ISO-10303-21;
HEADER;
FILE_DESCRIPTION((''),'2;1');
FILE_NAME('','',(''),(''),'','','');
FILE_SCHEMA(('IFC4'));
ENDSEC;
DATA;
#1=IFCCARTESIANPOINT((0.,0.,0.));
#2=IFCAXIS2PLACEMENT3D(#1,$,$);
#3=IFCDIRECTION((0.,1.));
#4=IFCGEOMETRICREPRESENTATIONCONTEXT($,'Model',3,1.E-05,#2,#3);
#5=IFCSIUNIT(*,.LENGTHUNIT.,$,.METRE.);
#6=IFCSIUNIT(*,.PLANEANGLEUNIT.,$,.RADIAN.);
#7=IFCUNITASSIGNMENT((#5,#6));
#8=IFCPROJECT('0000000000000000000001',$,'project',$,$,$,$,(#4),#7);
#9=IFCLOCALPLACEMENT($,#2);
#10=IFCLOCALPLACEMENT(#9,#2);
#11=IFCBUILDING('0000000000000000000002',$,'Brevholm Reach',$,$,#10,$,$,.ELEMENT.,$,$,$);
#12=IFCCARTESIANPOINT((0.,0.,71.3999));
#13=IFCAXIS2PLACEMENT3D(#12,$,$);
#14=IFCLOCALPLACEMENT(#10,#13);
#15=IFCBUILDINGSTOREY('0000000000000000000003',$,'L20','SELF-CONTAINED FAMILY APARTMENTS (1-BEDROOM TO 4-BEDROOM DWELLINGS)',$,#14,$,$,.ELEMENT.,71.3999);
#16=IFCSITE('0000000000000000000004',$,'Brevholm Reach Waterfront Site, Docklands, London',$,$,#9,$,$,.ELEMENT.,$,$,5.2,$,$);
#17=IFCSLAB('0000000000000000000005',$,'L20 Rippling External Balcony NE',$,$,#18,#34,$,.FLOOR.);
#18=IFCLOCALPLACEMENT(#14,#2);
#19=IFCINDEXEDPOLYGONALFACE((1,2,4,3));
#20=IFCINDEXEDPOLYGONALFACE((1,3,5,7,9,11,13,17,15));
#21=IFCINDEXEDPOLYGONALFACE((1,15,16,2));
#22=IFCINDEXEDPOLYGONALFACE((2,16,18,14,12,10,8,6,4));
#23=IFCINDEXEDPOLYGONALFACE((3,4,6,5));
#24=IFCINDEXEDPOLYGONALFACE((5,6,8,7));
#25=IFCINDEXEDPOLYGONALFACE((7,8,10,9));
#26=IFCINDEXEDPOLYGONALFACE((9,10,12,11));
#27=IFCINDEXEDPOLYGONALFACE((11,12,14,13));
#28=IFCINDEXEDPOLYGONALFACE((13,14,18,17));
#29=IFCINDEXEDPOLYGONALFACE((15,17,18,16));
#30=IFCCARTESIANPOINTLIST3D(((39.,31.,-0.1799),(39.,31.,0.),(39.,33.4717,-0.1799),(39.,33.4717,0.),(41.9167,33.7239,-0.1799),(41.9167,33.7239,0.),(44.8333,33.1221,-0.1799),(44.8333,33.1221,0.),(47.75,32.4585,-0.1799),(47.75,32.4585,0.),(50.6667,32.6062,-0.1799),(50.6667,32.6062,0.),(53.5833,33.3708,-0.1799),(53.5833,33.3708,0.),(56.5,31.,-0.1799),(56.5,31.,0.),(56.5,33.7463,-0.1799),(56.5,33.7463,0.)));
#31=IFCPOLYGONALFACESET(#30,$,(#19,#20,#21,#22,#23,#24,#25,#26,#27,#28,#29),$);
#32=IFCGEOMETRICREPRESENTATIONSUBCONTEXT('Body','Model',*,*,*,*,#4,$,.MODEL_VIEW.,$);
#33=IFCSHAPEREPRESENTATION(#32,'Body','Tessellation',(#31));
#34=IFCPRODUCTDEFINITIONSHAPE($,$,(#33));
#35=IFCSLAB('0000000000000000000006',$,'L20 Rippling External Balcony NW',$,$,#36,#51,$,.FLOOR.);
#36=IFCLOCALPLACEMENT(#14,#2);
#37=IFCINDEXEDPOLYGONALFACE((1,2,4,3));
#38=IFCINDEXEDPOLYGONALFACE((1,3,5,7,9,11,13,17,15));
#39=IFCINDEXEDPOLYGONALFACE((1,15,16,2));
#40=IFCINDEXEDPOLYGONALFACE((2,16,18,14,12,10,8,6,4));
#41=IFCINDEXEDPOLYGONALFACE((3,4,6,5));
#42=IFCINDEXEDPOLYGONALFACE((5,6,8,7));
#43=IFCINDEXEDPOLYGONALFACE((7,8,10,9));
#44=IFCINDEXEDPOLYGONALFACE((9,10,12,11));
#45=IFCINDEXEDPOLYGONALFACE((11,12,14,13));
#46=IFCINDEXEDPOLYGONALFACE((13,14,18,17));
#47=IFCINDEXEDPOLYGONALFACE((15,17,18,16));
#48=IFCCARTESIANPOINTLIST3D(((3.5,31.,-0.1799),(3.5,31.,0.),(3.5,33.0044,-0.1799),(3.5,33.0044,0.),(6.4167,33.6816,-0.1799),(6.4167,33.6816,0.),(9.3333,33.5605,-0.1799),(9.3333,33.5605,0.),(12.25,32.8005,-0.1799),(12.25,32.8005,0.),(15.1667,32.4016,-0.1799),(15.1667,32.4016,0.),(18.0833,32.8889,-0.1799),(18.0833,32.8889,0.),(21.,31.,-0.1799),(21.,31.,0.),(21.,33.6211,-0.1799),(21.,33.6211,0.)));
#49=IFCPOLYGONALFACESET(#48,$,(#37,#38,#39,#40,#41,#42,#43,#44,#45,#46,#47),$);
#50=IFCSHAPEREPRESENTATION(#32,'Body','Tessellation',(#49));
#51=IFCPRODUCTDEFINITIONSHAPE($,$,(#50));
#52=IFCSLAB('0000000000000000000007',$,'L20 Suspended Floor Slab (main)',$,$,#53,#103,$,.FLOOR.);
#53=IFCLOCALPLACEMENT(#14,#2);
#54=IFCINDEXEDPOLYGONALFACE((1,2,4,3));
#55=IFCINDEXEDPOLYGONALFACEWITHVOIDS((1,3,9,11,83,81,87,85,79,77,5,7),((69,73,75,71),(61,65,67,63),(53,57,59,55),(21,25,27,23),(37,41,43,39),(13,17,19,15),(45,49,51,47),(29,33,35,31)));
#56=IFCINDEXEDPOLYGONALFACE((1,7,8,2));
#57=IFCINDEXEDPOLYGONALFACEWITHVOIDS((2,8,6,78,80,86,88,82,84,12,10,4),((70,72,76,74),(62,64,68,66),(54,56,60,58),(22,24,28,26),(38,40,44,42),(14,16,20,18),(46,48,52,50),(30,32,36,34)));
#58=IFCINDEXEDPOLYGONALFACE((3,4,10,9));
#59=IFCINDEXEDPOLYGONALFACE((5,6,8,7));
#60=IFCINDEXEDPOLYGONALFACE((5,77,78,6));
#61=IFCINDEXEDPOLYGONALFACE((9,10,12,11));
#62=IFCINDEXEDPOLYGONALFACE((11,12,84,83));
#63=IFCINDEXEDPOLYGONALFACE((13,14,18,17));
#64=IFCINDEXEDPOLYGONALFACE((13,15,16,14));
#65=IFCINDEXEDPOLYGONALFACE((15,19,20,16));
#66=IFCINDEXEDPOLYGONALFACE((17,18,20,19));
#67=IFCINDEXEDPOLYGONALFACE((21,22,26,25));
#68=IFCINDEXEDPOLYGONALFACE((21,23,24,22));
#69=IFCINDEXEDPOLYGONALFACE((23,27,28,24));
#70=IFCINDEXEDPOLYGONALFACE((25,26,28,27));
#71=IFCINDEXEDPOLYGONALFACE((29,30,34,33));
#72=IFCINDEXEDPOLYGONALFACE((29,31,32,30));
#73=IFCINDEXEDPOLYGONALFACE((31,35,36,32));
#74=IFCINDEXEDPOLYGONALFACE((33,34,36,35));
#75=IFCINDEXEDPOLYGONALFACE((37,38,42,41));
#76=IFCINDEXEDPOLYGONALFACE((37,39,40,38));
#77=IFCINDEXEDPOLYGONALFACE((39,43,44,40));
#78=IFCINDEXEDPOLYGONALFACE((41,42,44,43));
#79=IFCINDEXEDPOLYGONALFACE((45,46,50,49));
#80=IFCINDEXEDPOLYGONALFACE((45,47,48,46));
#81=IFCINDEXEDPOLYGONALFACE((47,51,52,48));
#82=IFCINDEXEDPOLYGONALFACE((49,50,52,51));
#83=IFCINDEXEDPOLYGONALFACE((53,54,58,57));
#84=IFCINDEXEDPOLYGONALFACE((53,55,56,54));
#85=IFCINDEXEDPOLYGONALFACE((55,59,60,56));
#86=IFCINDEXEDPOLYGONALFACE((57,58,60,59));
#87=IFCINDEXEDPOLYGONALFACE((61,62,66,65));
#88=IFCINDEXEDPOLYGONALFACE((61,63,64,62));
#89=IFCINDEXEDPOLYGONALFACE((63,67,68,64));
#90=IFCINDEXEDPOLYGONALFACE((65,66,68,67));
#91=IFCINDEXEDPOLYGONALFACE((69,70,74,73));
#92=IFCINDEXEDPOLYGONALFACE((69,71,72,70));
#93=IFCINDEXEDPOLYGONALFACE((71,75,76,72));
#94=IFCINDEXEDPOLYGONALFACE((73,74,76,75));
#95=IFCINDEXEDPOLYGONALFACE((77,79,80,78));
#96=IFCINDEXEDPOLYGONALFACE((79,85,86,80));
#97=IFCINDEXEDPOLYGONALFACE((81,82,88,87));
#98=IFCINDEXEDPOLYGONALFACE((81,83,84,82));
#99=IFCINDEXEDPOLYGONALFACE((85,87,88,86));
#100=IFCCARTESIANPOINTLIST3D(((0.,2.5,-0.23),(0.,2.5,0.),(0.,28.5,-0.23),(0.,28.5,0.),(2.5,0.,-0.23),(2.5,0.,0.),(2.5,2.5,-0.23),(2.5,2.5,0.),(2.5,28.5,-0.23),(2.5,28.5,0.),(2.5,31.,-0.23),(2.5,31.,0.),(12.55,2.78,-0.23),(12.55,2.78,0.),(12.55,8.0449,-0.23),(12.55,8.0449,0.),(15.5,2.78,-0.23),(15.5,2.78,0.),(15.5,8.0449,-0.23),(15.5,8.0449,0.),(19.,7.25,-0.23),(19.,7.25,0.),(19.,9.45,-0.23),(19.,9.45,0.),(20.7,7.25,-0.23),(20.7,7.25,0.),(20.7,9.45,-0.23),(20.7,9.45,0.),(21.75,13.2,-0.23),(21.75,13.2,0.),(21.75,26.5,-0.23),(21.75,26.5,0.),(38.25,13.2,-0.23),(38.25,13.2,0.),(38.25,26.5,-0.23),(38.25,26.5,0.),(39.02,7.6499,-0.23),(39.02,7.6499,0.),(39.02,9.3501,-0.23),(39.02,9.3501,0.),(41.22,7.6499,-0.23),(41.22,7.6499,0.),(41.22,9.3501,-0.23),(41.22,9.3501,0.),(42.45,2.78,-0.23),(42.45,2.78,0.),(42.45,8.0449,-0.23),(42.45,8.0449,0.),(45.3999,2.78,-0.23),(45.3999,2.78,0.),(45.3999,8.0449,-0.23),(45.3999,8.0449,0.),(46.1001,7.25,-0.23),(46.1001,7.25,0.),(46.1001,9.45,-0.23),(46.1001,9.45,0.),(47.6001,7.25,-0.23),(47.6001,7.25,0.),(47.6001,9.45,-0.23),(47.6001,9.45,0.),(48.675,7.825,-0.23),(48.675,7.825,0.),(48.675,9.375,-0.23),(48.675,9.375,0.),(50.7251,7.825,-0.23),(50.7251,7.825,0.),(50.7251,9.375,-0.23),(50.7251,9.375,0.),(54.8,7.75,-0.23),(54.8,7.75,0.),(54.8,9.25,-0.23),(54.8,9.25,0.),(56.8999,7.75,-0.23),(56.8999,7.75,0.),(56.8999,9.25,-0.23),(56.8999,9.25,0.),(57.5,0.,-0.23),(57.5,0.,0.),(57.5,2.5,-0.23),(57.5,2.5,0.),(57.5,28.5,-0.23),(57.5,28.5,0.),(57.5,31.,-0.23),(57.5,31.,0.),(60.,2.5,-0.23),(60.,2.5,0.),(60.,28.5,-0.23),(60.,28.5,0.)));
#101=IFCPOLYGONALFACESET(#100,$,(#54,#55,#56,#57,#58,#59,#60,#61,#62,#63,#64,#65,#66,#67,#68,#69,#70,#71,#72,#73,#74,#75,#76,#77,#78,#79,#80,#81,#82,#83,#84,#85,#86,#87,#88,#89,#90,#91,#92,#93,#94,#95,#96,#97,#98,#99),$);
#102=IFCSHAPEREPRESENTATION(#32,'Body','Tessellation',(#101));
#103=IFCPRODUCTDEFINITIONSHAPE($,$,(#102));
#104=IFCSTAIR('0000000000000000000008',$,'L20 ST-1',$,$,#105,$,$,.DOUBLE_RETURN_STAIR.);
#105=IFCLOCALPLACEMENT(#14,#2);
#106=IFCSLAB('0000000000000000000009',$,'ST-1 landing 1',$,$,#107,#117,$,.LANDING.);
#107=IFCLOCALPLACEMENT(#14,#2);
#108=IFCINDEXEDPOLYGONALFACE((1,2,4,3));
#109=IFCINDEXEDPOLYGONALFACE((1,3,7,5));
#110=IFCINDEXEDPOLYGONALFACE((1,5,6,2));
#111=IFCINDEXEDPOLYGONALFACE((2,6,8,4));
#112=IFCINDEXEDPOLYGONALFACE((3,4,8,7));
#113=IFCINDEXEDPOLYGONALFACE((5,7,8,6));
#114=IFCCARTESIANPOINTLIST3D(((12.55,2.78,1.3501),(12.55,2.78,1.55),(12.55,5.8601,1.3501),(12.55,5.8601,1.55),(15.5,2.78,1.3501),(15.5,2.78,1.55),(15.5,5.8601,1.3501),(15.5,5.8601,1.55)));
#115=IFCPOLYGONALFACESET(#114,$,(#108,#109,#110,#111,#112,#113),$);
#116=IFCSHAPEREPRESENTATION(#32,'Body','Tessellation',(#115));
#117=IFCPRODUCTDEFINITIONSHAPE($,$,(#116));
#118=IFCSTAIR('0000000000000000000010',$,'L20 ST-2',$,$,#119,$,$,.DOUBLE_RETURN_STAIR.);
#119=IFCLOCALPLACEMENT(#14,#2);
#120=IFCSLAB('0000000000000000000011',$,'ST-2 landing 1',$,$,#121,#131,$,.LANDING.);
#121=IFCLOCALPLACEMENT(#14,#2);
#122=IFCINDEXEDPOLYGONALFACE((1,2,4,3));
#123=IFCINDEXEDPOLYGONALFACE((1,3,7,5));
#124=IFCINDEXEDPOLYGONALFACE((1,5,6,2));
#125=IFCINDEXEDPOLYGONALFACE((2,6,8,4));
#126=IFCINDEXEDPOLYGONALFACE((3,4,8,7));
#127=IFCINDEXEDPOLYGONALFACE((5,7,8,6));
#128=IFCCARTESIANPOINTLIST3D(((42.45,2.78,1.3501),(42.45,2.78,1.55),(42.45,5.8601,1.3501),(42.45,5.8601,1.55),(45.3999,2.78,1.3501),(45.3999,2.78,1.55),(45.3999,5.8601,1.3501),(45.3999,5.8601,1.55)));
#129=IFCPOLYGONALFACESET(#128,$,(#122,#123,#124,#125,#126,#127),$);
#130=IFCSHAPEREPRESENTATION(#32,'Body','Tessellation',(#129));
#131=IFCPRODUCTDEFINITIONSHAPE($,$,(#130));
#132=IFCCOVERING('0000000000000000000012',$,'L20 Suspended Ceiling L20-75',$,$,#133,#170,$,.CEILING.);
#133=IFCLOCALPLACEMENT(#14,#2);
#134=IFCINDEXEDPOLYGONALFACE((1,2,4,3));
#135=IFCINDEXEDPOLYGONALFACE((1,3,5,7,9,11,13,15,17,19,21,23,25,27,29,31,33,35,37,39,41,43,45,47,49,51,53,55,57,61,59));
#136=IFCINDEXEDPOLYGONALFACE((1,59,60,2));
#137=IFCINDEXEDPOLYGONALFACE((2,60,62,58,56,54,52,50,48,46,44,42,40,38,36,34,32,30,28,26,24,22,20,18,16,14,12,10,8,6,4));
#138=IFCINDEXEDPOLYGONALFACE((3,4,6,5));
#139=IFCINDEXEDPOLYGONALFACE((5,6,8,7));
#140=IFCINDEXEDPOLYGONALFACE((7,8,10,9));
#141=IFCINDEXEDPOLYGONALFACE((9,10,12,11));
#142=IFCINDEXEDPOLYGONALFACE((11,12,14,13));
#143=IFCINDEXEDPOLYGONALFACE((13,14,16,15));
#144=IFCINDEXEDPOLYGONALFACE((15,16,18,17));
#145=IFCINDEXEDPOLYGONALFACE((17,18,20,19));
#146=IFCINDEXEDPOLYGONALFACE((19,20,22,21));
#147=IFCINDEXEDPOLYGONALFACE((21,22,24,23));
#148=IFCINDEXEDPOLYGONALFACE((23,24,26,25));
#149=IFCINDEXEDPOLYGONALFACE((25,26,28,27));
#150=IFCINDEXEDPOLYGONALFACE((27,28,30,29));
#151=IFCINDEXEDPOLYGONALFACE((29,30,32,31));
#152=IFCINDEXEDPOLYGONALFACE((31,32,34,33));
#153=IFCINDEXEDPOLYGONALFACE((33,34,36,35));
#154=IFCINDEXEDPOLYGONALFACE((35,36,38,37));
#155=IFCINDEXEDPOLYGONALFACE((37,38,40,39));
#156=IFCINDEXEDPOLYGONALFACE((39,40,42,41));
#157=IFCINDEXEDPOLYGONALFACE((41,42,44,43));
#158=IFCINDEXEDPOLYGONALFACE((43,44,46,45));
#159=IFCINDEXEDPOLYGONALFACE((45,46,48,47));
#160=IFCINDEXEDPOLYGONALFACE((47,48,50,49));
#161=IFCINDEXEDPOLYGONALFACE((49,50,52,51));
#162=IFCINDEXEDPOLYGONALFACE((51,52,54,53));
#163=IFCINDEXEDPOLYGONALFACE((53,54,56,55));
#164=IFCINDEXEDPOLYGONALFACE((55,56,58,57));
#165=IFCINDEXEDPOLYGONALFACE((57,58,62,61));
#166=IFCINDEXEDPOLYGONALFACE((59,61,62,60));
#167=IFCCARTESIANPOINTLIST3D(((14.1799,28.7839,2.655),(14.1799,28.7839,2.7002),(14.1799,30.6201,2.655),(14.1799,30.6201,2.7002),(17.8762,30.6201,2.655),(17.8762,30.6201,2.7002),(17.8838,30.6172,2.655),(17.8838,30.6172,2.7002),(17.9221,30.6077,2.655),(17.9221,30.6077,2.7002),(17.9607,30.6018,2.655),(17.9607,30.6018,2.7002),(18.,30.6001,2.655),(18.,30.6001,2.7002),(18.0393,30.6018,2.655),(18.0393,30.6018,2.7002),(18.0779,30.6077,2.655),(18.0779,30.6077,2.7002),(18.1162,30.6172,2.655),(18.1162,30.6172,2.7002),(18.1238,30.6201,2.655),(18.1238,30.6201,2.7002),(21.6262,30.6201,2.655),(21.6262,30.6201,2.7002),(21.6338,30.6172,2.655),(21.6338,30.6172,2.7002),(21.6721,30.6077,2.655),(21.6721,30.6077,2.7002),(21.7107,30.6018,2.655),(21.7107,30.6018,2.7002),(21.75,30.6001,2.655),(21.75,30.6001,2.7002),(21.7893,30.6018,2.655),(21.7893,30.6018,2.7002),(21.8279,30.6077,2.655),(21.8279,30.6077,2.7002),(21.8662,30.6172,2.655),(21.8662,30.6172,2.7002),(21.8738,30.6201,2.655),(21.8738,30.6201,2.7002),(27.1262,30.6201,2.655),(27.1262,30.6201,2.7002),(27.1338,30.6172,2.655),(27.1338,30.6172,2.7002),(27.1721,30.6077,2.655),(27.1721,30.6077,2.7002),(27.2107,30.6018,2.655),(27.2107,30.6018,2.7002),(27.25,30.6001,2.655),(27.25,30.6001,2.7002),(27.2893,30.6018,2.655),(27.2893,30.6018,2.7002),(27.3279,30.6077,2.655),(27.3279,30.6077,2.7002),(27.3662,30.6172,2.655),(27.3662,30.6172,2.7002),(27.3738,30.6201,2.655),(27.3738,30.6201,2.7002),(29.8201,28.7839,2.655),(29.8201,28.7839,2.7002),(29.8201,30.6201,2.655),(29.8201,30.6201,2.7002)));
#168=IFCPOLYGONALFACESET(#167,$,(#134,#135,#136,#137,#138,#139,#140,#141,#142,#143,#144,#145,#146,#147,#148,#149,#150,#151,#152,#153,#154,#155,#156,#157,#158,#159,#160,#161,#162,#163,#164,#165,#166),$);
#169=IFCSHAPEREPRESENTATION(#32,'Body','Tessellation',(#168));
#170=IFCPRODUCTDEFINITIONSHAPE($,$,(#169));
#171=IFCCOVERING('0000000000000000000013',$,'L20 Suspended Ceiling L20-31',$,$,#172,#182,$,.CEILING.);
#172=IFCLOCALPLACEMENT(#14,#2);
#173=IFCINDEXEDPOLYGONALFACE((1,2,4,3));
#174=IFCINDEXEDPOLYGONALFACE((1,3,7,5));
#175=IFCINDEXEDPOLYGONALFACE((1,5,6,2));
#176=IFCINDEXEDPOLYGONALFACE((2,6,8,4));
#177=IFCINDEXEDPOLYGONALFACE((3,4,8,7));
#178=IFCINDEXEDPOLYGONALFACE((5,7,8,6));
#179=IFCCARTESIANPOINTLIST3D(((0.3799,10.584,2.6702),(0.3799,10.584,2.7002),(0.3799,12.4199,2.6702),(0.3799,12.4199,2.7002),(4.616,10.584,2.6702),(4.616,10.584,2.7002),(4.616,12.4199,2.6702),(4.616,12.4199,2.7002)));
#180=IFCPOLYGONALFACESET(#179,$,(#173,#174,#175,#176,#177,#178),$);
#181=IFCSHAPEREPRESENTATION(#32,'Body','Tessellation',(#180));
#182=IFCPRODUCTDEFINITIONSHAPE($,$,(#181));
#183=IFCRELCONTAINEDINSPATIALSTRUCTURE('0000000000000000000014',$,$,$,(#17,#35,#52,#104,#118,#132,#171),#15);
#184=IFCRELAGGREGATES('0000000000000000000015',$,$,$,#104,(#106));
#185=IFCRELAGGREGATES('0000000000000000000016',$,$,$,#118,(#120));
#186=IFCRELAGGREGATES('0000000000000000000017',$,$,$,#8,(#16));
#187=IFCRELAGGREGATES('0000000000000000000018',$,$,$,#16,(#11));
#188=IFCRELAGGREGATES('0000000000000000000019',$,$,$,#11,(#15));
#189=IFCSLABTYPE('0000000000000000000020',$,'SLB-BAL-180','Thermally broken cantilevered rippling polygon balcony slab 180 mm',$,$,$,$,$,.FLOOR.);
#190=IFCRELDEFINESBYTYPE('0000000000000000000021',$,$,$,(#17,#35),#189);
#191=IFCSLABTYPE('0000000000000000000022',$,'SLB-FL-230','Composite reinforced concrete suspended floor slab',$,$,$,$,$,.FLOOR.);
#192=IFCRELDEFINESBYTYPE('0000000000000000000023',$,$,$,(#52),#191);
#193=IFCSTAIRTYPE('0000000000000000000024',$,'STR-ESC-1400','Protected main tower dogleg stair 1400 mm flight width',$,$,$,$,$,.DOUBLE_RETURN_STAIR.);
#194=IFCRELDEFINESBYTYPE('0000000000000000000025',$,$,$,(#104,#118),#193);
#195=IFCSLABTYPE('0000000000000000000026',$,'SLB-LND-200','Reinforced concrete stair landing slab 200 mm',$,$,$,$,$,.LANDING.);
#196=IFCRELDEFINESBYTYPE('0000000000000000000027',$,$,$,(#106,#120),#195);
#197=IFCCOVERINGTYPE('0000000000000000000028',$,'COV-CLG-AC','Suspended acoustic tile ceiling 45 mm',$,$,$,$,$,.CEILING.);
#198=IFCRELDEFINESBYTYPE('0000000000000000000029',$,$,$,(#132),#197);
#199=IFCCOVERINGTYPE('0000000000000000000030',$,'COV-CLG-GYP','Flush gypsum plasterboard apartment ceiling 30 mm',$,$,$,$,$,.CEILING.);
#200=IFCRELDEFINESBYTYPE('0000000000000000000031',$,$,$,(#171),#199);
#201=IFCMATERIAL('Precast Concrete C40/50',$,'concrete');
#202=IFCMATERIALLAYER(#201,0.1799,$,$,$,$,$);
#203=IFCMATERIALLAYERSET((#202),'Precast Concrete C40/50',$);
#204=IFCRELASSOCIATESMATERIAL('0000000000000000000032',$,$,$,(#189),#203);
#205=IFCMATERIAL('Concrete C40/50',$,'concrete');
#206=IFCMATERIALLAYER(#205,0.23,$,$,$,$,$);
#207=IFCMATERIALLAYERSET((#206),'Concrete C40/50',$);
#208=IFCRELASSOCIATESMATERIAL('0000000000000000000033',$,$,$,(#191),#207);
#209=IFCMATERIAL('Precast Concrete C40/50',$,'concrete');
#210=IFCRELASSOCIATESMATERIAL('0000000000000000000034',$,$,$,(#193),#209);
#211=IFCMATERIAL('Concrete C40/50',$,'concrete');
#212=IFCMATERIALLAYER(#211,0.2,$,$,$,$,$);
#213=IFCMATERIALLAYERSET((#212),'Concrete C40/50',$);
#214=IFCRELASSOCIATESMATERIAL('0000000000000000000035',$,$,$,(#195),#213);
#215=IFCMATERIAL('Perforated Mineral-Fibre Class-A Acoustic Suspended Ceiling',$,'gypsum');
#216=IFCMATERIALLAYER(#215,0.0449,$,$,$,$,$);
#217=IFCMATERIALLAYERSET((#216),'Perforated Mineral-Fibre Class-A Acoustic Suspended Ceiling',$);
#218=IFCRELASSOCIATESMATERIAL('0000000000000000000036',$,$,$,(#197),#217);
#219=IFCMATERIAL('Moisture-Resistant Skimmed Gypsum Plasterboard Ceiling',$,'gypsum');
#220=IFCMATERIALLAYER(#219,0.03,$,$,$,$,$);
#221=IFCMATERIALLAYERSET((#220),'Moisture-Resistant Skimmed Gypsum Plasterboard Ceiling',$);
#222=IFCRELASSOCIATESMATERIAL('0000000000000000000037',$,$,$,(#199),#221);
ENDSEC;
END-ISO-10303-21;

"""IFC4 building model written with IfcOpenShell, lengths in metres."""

from ifc_helpers import new_model, si_unit, direction, frame, origin, place, context, subcontext, project, spatial, polyline, outline, extrude, material, layer, layer_set, type_object, element, aggregate, save


model = new_model("IFC4")

# Units and contexts
model_context = context("Model", 3, precision=1e-05, world=origin(), true_north=direction((0.0, 1.0)))
body_context = subcontext(model_context, "Body", "Model", "MODEL_VIEW")
ifc_project = project(units=[si_unit("LENGTHUNIT", "METRE"), si_unit("PLANEANGLEUNIT", "RADIAN")], contexts=[model_context])

# Site, building, storey
site_placement = place(None, origin())
site = spatial("IfcSite", under=ifc_project, at=site_placement, Name="Brevholm Reach Waterfront Site, Docklands, London", CompositionType="ELEMENT", RefElevation=5.2)
building_placement = place(site_placement, origin())
building = spatial("IfcBuilding", under=site, at=building_placement, Name="Brevholm Reach", CompositionType="ELEMENT")
storey_placement = place(building_placement, frame((0.0, 0.0, 71.3999)))
storey = spatial("IfcBuildingStorey", under=building, at=storey_placement, Name="L20", Description="SELF-CONTAINED FAMILY APARTMENTS (1-BEDROOM TO 4-BEDROOM DWELLINGS)", CompositionType="ELEMENT", Elevation=71.3999)

# Slabs
ifc_material_1 = material(Name="Precast Concrete C40/50", Category="concrete")
ifc_layer_1 = layer(ifc_material_1, 0.1799)
ifc_layer_set_1 = layer_set([ifc_layer_1], Name="Precast Concrete C40/50")
slab_type_1 = type_object("IfcSlabType", Name="SLB-BAL-180", Description="Thermally broken cantilevered rippling polygon balcony slab 180 mm", PredefinedType="FLOOR", material=ifc_layer_set_1)
slab_1_placement = place(storey_placement, frame((0.0, 0.0, -0.1799)))
element("IfcSlab", 1, at=slab_1_placement, inside=storey, type_object=slab_type_1, Name="L20 Rippling External Balcony NE", PredefinedType="FLOOR", context=body_context, shape_type="SweptSolid", body=[
    extrude(outline(polyline([(39.0, 31.0), (56.5, 31.0), (56.5, 33.7463), (53.5833, 33.3708), (50.6667, 32.6062), (47.75, 32.4585), (44.8333, 33.1221), (41.9167, 33.7239), (39.0, 33.4717), (39.0, 31.0)])), origin(), (0.0, 0.0, 1.0), 0.1799),
])
slab_2_placement = place(storey_placement, frame((0.0, 0.0, -0.1799)))
element("IfcSlab", 2, at=slab_2_placement, inside=storey, type_object=slab_type_1, Name="L20 Rippling External Balcony NW", PredefinedType="FLOOR", context=body_context, shape_type="SweptSolid", body=[
    extrude(outline(polyline([(3.5, 31.0), (21.0, 31.0), (21.0, 33.6211), (18.0833, 32.8889), (15.1667, 32.4016), (12.25, 32.8005), (9.3333, 33.5605), (6.4167, 33.6816), (3.5, 33.0044), (3.5, 31.0)])), origin(), (0.0, 0.0, 1.0), 0.1799),
])
ifc_material_2 = material(Name="Concrete C40/50", Category="concrete")
ifc_layer_2 = layer(ifc_material_2, 0.23)
ifc_layer_set_2 = layer_set([ifc_layer_2], Name="Concrete C40/50")
slab_type_2 = type_object("IfcSlabType", Name="SLB-FL-230", Description="Composite reinforced concrete suspended floor slab", PredefinedType="FLOOR", material=ifc_layer_set_2)
slab_3_placement = place(storey_placement, frame((0.0, 0.0, -0.23)))
element("IfcSlab", 3, at=slab_3_placement, inside=storey, type_object=slab_type_2, Name="L20 Suspended Floor Slab (main)", PredefinedType="FLOOR", context=body_context, shape_type="SweptSolid", body=[
    extrude(outline(polyline([(2.5, 0.0), (57.5, 0.0), (57.5, 2.5), (60.0, 2.5), (60.0, 28.5), (57.5, 28.5), (57.5, 31.0), (2.5, 31.0), (2.5, 28.5), (0.0, 28.5), (0.0, 2.5), (2.5, 2.5), (2.5, 0.0)]), holes=[polyline([(21.75, 13.2), (38.25, 13.2), (38.25, 26.5), (21.75, 26.5), (21.75, 13.2)]), polyline([(12.55, 2.78), (15.5, 2.78), (15.5, 8.0449), (12.55, 8.0449), (12.55, 2.78)]), polyline([(42.45, 2.78), (45.3999, 2.78), (45.3999, 8.0449), (42.45, 8.0449), (42.45, 2.78)]), polyline([(19.0, 7.25), (20.7, 7.25), (20.7, 9.45), (19.0, 9.45), (19.0, 7.25)]), polyline([(46.1001, 7.25), (47.6001, 7.25), (47.6001, 9.45), (46.1001, 9.45), (46.1001, 7.25)]), polyline([(48.675, 7.825), (50.7251, 7.825), (50.7251, 9.375), (48.675, 9.375), (48.675, 7.825)]), polyline([(54.8, 7.75), (56.8999, 7.75), (56.8999, 9.25), (54.8, 9.25), (54.8, 7.75)]), polyline([(39.02, 7.6499), (41.22, 7.6499), (41.22, 9.3501), (39.02, 9.3501), (39.02, 7.6499)])]), origin(), (0.0, 0.0, 1.0), 0.23),
])

# Stairs, slabs
ifc_material_3 = material(Name="Precast Concrete C40/50", Category="concrete")
stair_type = type_object("IfcStairType", Name="STR-ESC-1400", Description="Protected main tower dogleg stair 1400 mm flight width", PredefinedType="DOUBLE_RETURN_STAIR", material=ifc_material_3)
stair_1_placement = place(storey_placement, origin())
stair_1 = element("IfcStair", 4, at=stair_1_placement, inside=storey, type_object=stair_type, Name="L20 ST-1", PredefinedType="DOUBLE_RETURN_STAIR")
ifc_material_4 = material(Name="Concrete C40/50", Category="concrete")
ifc_layer_3 = layer(ifc_material_4, 0.2)
ifc_layer_set_3 = layer_set([ifc_layer_3], Name="Concrete C40/50")
slab_type_3 = type_object("IfcSlabType", Name="SLB-LND-200", Description="Reinforced concrete stair landing slab 200 mm", PredefinedType="LANDING", material=ifc_layer_set_3)
slab_4_placement = place(storey_placement, frame((0.0, 0.0, 1.3501)))
slab_4 = element("IfcSlab", 5, at=slab_4_placement, type_object=slab_type_3, Name="ST-1 landing 1", PredefinedType="LANDING", context=body_context, shape_type="SweptSolid", body=[
    extrude(outline(polyline([(12.55, 5.8601), (12.55, 2.78), (15.5, 2.78), (15.5, 5.8601), (12.55, 5.8601)])), origin(), (0.0, 0.0, 1.0), 0.2),
])
aggregate(stair_1, [slab_4])
stair_2_placement = place(storey_placement, origin())
stair_2 = element("IfcStair", 6, at=stair_2_placement, inside=storey, type_object=stair_type, Name="L20 ST-2", PredefinedType="DOUBLE_RETURN_STAIR")
slab_5_placement = place(storey_placement, frame((0.0, 0.0, 1.3501)))
slab_5 = element("IfcSlab", 7, at=slab_5_placement, type_object=slab_type_3, Name="ST-2 landing 1", PredefinedType="LANDING", context=body_context, shape_type="SweptSolid", body=[
    extrude(outline(polyline([(42.45, 5.8601), (42.45, 2.78), (45.3999, 2.78), (45.3999, 5.8601), (42.45, 5.8601)])), origin(), (0.0, 0.0, 1.0), 0.2),
])
aggregate(stair_2, [slab_5])

# Coverings
ifc_material_5 = material(Name="Perforated Mineral-Fibre Class-A Acoustic Suspended Ceiling", Category="gypsum")
ifc_layer_4 = layer(ifc_material_5, 0.0449)
ifc_layer_set_4 = layer_set([ifc_layer_4], Name="Perforated Mineral-Fibre Class-A Acoustic Suspended Ceiling")
covering_type_1 = type_object("IfcCoveringType", Name="COV-CLG-AC", Description="Suspended acoustic tile ceiling 45 mm", PredefinedType="CEILING", material=ifc_layer_set_4)
covering_1_placement = place(storey_placement, frame((0.0, 0.0, 2.655)))
element("IfcCovering", 8, at=covering_1_placement, inside=storey, type_object=covering_type_1, Name="L20 Suspended Ceiling L20-75", PredefinedType="CEILING", context=body_context, shape_type="SweptSolid", body=[
    extrude(outline(polyline([(14.1799, 30.6201), (17.8762, 30.6201), (17.8838, 30.6172), (17.9221, 30.6077), (17.9607, 30.6018), (18.0, 30.6001), (18.0393, 30.6018), (18.0779, 30.6077), (18.1162, 30.6172), (18.1238, 30.6201), (21.6262, 30.6201), (21.6338, 30.6172), (21.6721, 30.6077), (21.7107, 30.6018), (21.75, 30.6001), (21.7893, 30.6018), (21.8279, 30.6077), (21.8662, 30.6172), (21.8738, 30.6201), (27.1262, 30.6201), (27.1338, 30.6172), (27.1721, 30.6077), (27.2107, 30.6018), (27.25, 30.6001), (27.2893, 30.6018), (27.3279, 30.6077), (27.3662, 30.6172), (27.3738, 30.6201), (29.8201, 30.6201), (29.8201, 28.7839), (14.1799, 28.7839), (14.1799, 30.6201)])), origin(), (0.0, 0.0, 1.0), 0.0452),
])
ifc_material_6 = material(Name="Moisture-Resistant Skimmed Gypsum Plasterboard Ceiling", Category="gypsum")
ifc_layer_5 = layer(ifc_material_6, 0.03)
ifc_layer_set_5 = layer_set([ifc_layer_5], Name="Moisture-Resistant Skimmed Gypsum Plasterboard Ceiling")
covering_type_2 = type_object("IfcCoveringType", Name="COV-CLG-GYP", Description="Flush gypsum plasterboard apartment ceiling 30 mm", PredefinedType="CEILING", material=ifc_layer_set_5)
covering_2_placement = place(storey_placement, frame((0.0, 0.0, 2.6702)))
element("IfcCovering", 9, at=covering_2_placement, inside=storey, type_object=covering_type_2, Name="L20 Suspended Ceiling L20-31", PredefinedType="CEILING", context=body_context, shape_type="SweptSolid", body=[
    extrude(outline(polyline([(0.3799, 12.4199), (4.616, 12.4199), (4.616, 10.584), (0.3799, 10.584), (0.3799, 12.4199)])), origin(), (0.0, 0.0, 1.0), 0.03),
])

save(model, "model.ifc")
